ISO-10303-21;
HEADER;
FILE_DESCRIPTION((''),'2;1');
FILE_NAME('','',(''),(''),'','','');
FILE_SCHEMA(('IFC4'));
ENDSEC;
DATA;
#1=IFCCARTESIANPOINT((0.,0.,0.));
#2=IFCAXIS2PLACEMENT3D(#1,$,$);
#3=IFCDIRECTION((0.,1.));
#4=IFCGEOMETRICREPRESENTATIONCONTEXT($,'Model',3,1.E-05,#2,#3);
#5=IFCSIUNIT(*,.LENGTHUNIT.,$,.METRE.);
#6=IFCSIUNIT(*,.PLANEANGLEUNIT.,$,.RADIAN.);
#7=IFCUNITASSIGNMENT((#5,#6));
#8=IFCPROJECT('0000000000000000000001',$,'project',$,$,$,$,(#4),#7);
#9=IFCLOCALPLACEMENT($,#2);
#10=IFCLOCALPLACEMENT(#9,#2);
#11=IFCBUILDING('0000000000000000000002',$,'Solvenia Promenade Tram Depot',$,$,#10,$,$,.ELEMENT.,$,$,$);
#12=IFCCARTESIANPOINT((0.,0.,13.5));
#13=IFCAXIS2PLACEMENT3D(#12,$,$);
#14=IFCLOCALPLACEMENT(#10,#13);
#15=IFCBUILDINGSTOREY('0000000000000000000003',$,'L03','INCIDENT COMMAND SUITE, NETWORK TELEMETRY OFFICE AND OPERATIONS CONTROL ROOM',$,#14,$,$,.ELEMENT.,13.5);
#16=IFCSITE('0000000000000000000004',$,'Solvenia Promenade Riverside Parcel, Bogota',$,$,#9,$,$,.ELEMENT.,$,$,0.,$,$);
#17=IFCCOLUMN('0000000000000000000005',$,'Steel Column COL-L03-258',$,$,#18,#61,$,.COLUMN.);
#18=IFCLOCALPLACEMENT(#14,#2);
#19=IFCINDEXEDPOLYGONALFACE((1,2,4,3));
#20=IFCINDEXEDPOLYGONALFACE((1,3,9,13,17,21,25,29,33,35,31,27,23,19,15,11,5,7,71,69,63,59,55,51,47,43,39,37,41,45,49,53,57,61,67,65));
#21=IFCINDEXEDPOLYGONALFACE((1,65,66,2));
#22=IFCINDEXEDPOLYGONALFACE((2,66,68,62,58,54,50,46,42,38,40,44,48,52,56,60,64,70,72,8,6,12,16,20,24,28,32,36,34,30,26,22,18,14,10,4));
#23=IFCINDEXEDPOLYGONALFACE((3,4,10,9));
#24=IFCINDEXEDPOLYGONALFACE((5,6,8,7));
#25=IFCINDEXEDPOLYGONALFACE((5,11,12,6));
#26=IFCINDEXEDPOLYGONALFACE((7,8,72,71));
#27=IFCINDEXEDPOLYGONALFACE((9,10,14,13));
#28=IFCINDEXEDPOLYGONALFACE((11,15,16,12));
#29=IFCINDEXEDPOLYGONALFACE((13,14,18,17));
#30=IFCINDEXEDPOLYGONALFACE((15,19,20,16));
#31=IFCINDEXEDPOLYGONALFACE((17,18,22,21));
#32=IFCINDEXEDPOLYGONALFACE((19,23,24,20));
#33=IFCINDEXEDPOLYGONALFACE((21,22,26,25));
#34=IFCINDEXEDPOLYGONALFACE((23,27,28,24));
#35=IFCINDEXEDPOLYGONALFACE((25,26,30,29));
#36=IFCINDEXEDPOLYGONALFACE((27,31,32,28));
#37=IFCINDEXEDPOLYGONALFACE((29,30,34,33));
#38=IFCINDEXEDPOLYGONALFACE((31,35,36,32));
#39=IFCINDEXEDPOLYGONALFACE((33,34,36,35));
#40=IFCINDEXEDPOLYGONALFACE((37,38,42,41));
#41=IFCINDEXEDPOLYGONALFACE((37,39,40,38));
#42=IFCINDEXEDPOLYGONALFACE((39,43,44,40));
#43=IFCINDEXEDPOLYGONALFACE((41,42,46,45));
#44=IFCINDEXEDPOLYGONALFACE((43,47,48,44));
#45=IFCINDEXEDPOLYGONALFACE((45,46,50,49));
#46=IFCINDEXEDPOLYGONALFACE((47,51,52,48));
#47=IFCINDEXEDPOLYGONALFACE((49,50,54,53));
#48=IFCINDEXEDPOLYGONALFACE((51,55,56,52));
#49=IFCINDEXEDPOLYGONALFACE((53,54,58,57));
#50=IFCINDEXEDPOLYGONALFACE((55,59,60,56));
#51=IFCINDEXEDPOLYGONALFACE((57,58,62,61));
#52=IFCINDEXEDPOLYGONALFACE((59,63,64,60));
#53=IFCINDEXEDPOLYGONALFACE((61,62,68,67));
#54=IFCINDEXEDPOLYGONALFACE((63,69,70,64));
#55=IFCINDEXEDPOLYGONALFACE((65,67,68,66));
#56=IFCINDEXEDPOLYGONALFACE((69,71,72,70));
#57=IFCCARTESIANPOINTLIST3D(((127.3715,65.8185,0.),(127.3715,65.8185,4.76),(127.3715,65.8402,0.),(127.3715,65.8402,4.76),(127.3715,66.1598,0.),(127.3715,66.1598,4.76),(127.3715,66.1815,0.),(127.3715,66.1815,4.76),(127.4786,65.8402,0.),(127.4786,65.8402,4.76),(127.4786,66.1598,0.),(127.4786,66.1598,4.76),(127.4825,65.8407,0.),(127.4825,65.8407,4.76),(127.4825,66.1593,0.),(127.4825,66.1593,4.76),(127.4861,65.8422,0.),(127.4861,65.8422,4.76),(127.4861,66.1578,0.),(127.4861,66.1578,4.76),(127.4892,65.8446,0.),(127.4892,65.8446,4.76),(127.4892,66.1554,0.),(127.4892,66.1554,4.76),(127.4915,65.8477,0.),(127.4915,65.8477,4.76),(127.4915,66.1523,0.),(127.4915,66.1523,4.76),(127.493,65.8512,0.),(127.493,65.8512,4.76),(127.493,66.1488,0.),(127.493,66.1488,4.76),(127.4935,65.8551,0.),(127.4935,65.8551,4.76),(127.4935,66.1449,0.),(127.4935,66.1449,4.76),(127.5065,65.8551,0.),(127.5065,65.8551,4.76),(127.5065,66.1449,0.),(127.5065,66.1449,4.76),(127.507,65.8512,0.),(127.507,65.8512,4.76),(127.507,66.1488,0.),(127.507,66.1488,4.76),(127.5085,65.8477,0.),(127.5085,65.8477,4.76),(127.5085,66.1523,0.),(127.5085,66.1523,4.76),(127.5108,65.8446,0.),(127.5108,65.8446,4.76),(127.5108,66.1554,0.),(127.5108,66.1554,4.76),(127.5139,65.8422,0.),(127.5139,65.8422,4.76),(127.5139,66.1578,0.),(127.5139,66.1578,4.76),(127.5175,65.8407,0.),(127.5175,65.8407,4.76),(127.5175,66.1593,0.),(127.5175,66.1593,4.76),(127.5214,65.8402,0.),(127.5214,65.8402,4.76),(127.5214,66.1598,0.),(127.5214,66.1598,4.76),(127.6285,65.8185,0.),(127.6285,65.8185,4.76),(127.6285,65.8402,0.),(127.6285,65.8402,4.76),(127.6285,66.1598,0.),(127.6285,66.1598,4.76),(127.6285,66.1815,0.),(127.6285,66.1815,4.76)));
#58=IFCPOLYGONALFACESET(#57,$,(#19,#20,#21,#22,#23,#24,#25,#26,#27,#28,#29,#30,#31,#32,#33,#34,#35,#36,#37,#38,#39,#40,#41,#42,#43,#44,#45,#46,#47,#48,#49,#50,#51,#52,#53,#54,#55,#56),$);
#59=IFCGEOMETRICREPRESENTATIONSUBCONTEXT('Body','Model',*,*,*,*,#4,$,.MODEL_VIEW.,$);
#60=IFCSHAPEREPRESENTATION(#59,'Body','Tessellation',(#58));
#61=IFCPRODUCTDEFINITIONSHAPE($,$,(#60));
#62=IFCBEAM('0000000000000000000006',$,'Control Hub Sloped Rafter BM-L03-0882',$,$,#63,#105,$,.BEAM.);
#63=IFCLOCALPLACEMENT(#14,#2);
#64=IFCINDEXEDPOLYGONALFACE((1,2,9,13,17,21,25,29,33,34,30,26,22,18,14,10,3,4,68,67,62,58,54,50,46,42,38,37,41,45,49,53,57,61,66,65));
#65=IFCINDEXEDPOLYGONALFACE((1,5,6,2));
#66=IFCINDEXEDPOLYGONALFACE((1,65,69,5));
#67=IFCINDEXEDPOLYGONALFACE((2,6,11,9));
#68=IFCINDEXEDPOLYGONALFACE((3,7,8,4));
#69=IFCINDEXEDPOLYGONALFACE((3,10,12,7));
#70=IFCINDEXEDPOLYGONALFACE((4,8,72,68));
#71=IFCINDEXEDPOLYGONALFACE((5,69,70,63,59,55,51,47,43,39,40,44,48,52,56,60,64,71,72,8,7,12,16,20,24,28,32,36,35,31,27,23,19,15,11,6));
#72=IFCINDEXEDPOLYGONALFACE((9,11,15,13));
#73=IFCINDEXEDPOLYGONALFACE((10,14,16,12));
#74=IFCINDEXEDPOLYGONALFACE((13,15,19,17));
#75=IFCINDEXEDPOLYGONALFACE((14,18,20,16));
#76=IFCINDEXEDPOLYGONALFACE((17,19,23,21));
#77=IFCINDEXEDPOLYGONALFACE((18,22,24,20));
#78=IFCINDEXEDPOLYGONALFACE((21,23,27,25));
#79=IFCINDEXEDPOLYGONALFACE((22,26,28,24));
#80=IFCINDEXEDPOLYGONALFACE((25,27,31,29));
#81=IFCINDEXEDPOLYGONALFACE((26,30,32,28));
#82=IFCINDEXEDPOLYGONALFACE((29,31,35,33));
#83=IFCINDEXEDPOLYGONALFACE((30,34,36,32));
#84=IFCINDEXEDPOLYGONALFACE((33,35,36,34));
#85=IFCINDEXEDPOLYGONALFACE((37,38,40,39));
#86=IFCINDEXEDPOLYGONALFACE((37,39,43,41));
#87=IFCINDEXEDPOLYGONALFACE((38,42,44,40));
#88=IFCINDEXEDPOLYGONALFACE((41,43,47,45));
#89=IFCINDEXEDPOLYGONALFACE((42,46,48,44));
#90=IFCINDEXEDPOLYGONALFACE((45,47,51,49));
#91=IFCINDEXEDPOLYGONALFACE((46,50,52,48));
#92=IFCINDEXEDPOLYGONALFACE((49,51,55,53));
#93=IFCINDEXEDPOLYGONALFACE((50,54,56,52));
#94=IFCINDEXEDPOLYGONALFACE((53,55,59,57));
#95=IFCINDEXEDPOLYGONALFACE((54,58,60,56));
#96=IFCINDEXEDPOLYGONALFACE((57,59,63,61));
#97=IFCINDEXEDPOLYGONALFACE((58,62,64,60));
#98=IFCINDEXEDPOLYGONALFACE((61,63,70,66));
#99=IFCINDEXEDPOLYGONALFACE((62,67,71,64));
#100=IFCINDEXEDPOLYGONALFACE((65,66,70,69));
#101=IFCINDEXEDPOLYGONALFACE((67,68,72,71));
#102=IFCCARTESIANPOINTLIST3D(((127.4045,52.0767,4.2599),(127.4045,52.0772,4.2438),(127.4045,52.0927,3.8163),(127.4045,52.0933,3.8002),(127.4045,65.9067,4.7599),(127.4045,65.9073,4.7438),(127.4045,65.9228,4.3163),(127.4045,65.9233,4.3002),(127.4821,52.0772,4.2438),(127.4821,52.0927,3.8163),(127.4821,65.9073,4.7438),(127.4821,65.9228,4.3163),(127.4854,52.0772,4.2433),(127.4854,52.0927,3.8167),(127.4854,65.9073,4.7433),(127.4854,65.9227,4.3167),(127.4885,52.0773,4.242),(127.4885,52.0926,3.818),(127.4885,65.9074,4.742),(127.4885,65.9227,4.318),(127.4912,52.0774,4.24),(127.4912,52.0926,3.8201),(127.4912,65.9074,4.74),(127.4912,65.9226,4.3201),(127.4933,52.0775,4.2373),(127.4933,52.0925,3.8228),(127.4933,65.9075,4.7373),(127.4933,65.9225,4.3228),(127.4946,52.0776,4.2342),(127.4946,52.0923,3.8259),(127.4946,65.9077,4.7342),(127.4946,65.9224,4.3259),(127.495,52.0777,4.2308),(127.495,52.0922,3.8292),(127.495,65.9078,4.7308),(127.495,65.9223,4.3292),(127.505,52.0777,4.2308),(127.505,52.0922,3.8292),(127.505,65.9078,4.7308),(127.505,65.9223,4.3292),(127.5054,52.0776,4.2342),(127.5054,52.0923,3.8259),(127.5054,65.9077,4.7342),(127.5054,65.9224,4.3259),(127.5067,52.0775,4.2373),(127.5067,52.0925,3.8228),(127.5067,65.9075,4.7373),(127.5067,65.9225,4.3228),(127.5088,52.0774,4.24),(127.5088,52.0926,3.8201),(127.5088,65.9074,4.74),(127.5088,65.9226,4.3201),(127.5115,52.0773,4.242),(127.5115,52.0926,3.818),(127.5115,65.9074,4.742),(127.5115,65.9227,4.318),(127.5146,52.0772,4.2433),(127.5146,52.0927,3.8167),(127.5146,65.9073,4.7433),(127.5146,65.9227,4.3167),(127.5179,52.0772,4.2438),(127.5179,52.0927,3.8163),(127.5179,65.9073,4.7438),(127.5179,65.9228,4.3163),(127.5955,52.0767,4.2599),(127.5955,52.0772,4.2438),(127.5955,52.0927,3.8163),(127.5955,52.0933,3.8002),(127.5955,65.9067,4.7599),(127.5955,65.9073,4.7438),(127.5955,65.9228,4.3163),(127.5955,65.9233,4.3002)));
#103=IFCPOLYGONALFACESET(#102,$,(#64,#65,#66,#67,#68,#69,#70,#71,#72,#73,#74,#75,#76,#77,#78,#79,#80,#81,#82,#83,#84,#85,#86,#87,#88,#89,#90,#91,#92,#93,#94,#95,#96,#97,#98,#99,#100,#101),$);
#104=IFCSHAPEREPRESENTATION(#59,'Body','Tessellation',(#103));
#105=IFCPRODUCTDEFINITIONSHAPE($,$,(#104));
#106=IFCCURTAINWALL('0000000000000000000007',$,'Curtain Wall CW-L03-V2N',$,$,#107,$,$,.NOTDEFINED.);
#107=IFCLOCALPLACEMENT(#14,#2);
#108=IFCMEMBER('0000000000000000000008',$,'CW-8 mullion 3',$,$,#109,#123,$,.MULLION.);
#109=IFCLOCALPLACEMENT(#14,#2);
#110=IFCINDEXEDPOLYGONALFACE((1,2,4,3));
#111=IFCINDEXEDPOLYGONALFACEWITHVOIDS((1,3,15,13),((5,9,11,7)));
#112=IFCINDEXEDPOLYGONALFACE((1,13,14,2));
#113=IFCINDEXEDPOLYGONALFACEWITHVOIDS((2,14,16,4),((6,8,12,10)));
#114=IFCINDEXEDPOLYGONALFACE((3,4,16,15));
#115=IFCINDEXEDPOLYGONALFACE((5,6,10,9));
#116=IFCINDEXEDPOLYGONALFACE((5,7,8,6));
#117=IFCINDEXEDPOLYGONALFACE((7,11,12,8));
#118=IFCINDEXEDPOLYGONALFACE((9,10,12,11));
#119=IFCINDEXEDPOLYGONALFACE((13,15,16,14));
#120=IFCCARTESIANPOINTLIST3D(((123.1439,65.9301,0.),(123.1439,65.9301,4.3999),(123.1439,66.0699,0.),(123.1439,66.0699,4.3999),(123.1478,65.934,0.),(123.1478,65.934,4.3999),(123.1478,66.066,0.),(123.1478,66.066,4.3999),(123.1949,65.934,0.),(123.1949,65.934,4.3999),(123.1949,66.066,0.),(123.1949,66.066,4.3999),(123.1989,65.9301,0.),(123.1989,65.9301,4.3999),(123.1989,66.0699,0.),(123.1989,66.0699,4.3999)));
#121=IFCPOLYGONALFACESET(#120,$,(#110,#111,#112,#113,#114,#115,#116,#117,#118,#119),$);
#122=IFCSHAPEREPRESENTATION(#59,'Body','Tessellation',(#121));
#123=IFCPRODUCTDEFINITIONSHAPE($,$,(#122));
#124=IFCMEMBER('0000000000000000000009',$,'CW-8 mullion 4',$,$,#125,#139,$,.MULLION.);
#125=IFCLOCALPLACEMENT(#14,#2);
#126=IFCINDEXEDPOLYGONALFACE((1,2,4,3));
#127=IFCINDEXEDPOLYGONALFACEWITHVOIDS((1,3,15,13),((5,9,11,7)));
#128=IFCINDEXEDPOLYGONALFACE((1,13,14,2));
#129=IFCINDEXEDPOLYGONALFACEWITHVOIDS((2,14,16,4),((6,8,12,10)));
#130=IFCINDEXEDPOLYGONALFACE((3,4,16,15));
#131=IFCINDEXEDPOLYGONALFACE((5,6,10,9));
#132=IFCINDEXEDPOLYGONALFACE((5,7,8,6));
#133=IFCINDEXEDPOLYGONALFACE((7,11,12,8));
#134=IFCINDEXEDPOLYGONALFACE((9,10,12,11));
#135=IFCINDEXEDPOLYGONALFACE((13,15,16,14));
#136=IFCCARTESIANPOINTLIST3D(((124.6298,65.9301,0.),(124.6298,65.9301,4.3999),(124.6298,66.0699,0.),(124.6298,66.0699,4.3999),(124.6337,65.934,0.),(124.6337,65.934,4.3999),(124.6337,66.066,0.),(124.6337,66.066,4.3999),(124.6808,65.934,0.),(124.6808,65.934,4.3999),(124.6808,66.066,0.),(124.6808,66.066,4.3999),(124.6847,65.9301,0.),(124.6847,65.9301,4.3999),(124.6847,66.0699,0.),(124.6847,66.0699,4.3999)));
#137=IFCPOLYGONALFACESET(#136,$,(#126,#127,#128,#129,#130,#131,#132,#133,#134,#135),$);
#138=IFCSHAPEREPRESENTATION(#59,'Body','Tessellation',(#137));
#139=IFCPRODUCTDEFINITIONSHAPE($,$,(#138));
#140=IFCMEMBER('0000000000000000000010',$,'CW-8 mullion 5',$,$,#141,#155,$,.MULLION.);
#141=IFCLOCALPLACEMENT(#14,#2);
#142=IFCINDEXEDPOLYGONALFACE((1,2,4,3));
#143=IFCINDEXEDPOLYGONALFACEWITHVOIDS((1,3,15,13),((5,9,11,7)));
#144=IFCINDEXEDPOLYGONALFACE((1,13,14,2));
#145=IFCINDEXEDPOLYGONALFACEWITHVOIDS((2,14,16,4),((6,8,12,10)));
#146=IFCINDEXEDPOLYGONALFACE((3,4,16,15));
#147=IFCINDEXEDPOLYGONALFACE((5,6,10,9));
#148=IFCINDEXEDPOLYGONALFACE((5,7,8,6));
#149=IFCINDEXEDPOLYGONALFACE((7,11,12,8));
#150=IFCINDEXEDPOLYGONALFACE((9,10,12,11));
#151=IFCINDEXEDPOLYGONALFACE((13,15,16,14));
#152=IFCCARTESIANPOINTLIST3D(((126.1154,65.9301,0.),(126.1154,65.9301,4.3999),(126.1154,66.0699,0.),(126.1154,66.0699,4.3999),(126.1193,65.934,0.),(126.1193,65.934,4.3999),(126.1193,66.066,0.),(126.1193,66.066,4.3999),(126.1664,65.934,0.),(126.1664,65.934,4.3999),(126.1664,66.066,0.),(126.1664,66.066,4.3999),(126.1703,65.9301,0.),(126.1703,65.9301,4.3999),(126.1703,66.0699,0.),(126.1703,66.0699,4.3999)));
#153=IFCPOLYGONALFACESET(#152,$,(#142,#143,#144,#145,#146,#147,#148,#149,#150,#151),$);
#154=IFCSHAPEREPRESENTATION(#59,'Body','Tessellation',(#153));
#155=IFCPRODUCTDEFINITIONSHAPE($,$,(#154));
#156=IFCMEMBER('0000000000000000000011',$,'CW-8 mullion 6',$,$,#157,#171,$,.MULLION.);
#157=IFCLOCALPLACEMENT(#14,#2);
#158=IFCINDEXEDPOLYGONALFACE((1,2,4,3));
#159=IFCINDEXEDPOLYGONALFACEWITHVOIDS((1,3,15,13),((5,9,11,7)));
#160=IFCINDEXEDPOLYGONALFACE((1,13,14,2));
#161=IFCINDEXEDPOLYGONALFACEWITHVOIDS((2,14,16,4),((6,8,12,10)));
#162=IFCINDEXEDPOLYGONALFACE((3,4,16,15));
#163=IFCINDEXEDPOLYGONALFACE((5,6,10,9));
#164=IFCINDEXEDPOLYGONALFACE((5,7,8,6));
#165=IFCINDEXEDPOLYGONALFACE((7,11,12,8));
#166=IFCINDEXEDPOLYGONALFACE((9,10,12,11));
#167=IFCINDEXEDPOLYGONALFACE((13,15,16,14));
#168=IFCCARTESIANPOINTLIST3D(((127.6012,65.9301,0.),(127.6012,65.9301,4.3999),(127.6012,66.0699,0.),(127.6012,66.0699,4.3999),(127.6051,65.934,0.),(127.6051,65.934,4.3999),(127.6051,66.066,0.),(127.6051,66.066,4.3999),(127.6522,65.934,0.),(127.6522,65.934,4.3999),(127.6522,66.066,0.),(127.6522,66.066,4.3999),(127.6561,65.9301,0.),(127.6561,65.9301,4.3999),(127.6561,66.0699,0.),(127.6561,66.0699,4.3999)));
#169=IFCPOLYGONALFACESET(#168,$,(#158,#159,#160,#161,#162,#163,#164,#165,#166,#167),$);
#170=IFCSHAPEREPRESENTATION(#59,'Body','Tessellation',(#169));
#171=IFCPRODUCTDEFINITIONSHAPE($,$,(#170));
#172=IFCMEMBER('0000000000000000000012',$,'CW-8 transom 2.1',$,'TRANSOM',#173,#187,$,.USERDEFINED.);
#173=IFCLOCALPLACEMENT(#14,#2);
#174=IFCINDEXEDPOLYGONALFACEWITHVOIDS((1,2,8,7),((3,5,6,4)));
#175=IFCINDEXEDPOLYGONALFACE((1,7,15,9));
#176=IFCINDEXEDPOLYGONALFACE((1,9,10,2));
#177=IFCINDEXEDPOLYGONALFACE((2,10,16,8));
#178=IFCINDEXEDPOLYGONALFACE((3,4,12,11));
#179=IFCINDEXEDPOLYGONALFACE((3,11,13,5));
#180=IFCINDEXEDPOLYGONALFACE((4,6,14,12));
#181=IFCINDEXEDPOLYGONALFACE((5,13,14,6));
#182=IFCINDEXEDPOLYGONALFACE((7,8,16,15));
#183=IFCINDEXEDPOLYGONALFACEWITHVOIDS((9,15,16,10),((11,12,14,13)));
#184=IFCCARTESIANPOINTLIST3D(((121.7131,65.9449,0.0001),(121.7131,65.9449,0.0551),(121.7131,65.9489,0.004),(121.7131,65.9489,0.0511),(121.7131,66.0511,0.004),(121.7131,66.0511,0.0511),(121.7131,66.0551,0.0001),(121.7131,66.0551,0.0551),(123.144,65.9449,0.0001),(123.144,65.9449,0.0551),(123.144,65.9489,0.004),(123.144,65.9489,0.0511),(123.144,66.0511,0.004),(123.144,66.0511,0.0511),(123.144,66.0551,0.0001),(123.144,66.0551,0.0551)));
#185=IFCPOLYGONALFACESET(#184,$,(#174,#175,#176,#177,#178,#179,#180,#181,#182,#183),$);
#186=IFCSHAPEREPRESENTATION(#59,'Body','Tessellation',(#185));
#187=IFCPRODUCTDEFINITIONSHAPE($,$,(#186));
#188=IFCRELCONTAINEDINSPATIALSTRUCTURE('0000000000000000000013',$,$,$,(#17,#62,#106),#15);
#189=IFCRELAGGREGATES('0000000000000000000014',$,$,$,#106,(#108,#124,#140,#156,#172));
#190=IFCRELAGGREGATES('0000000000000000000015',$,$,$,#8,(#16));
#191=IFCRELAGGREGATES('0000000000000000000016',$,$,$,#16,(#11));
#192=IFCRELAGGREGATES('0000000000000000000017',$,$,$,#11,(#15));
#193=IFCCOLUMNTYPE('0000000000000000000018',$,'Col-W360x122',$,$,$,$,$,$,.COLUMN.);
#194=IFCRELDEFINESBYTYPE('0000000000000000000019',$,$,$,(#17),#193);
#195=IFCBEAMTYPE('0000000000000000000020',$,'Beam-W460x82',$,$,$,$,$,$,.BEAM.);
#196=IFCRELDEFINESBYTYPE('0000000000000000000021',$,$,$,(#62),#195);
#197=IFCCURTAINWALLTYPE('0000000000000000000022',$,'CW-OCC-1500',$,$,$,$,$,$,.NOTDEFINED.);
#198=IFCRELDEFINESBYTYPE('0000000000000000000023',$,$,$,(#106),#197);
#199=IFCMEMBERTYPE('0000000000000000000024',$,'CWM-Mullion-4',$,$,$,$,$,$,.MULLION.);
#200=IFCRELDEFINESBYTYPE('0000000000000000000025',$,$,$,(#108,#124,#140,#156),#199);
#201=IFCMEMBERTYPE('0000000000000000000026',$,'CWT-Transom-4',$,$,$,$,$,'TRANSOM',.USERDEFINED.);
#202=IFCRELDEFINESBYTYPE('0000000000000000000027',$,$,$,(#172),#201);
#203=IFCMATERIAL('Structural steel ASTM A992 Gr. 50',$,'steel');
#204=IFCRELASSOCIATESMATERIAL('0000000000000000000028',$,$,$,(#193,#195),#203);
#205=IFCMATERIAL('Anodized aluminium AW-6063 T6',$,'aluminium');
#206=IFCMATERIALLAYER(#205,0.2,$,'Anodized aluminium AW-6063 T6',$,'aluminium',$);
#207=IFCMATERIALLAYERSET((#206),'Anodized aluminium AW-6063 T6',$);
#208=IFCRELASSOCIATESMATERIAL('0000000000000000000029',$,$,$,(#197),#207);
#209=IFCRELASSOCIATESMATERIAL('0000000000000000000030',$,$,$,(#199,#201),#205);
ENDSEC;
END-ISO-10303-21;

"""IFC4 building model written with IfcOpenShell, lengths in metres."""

from ifc_helpers import new_model, si_unit, direction, frame, origin, origin_2d, place, context, subcontext, project, spatial, hollow_rectangle, i_section, extrude, material, layer, layer_set, material_profile, profile_set, type_object, element, aggregate, save


model = new_model("IFC4")

# Units and contexts
model_context = context("Model", 3, precision=1e-05, world=origin(), true_north=direction((0.0, 1.0)))
body_context = subcontext(model_context, "Body", "Model", "MODEL_VIEW")
ifc_project = project(units=[si_unit("LENGTHUNIT", "METRE"), si_unit("PLANEANGLEUNIT", "RADIAN")], contexts=[model_context])

# Site, building, storey
site_placement = place(None, origin())
site = spatial("IfcSite", under=ifc_project, at=site_placement, Name="Solvenia Promenade Riverside Parcel, Bogota", CompositionType="ELEMENT", RefElevation=0.0)
building_placement = place(site_placement, origin())
building = spatial("IfcBuilding", under=site, at=building_placement, Name="Solvenia Promenade Tram Depot", CompositionType="ELEMENT")
storey_placement = place(building_placement, frame((0.0, 0.0, 13.5)))
storey = spatial("IfcBuildingStorey", under=building, at=storey_placement, Name="L03", Description="INCIDENT COMMAND SUITE, NETWORK TELEMETRY OFFICE AND OPERATIONS CONTROL ROOM", CompositionType="ELEMENT", Elevation=13.5)

# Column
ifc_material_1 = material(Name="Structural steel ASTM A992 Gr. 50", Category="steel")
ifc_material_profile_1 = material_profile(ifc_material_1, i_section(OverallWidth=0.2571, OverallDepth=0.363, WebThickness=0.0129, FlangeThickness=0.0217, FilletRadius=0.0149, at=origin_2d()), Name="W360x122", Category="steel")
ifc_profile_set_1 = profile_set([ifc_material_profile_1], Name="Structural steel ASTM A992 Gr. 50")
column_type = type_object("IfcColumnType", Name="Col-W360x122", PredefinedType="COLUMN", material=ifc_profile_set_1)
column_placement = place(storey_placement, frame((127.5, 66.0, 0.0), z_axis=(0.0, 0.0, 1.0), x_axis=(1.0, 0.0, 0.0)))
element("IfcColumn", 1, at=column_placement, inside=storey, type_object=column_type, Name="Steel Column COL-L03-258", PredefinedType="COLUMN", context=body_context, shape_type="SweptSolid", body=[
    extrude(i_section(OverallWidth=0.2571, OverallDepth=0.363, WebThickness=0.0129, FlangeThickness=0.0217, FilletRadius=0.0149, at=origin_2d()), origin(), (0.0, 0.0, 1.0), 4.76),
])

# Beam
ifc_material_profile_2 = material_profile(ifc_material_1, i_section(OverallWidth=0.1909, OverallDepth=0.46, WebThickness=0.01, FlangeThickness=0.0161, FilletRadius=0.0129, at=origin_2d()), Name="W460x82", Category="steel")
ifc_profile_set_2 = profile_set([ifc_material_profile_2], Name="Structural steel ASTM A992 Gr. 50")
beam_type_1 = type_object("IfcBeamType", Name="Beam-W460x82", PredefinedType="BEAM", material=ifc_profile_set_2)
beam_1_placement = place(storey_placement, frame((127.5, 52.085, 4.03), z_axis=(0.0, 0.999347, 0.036129), x_axis=(-1.0, 0.0, 0.0)))
element("IfcBeam", 2, at=beam_1_placement, inside=storey, type_object=beam_type_1, Name="Control Hub Sloped Rafter BM-L03-0882", PredefinedType="BEAM", context=body_context, shape_type="SweptSolid", body=[
    extrude(i_section(OverallWidth=0.1909, OverallDepth=0.46, WebThickness=0.01, FlangeThickness=0.0161, FilletRadius=0.0129, at=origin_2d()), origin(), (0.0, 0.0, 1.0), 13.8391),
])

# Curtain wall, members
ifc_material_2 = material(Name="Anodized aluminium AW-6063 T6", Category="aluminium")
ifc_layer_1 = layer(ifc_material_2, 0.2, Name="Anodized aluminium AW-6063 T6", Category="aluminium")
ifc_layer_set_1 = layer_set([ifc_layer_1], Name="Anodized aluminium AW-6063 T6")
curtain_wall_type = type_object("IfcCurtainWallType", Name="CW-OCC-1500", PredefinedType="NOTDEFINED", material=ifc_layer_set_1)
curtain_wall_placement = place(storey_placement, origin())
curtain_wall = element("IfcCurtainWall", 3, at=curtain_wall_placement, inside=storey, type_object=curtain_wall_type, Name="Curtain Wall CW-L03-V2N", PredefinedType="NOTDEFINED")
ifc_material_profile_3 = material_profile(ifc_material_2, hollow_rectangle(XDim=0.1399, YDim=0.0549, WallThickness=0.0039, at=origin_2d()), Name="ALU-M4", Category="aluminium")
ifc_profile_set_3 = profile_set([ifc_material_profile_3], Name="Anodized aluminium AW-6063 T6")
member_type_1 = type_object("IfcMemberType", Name="CWM-Mullion-4", PredefinedType="MULLION", material=ifc_profile_set_3)
member_1_placement = place(storey_placement, frame((123.1714, 66.0, 0.0), z_axis=(0.0, 0.0, 1.0), x_axis=(0.0, 1.0, 0.0)))
member_1 = element("IfcMember", 4, at=member_1_placement, type_object=member_type_1, Name="CW-8 mullion 3", PredefinedType="MULLION", context=body_context, shape_type="SweptSolid", body=[
    extrude(hollow_rectangle(XDim=0.1399, YDim=0.0549, WallThickness=0.0039, at=origin_2d()), origin(), (0.0, 0.0, 1.0), 4.3999),
])
member_2_placement = place(storey_placement, frame((124.6572, 66.0, 0.0), z_axis=(0.0, 0.0, 1.0), x_axis=(0.0, 1.0, 0.0)))
member_2 = element("IfcMember", 5, at=member_2_placement, type_object=member_type_1, Name="CW-8 mullion 4", PredefinedType="MULLION", context=body_context, shape_type="SweptSolid", body=[
    extrude(hollow_rectangle(XDim=0.1399, YDim=0.0549, WallThickness=0.0039, at=origin_2d()), origin(), (0.0, 0.0, 1.0), 4.3999),
])
member_3_placement = place(storey_placement, frame((126.1428, 66.0, 0.0), z_axis=(0.0, 0.0, 1.0), x_axis=(0.0, 1.0, 0.0)))
member_3 = element("IfcMember", 6, at=member_3_placement, type_object=member_type_1, Name="CW-8 mullion 5", PredefinedType="MULLION", context=body_context, shape_type="SweptSolid", body=[
    extrude(hollow_rectangle(XDim=0.1399, YDim=0.0549, WallThickness=0.0039, at=origin_2d()), origin(), (0.0, 0.0, 1.0), 4.3999),
])
member_4_placement = place(storey_placement, frame((127.6287, 66.0, 0.0), z_axis=(0.0, 0.0, 1.0), x_axis=(0.0, 1.0, 0.0)))
member_4 = element("IfcMember", 7, at=member_4_placement, type_object=member_type_1, Name="CW-8 mullion 6", PredefinedType="MULLION", context=body_context, shape_type="SweptSolid", body=[
    extrude(hollow_rectangle(XDim=0.1399, YDim=0.0549, WallThickness=0.0039, at=origin_2d()), origin(), (0.0, 0.0, 1.0), 4.3999),
])
ifc_material_profile_4 = material_profile(ifc_material_2, hollow_rectangle(XDim=0.1101, YDim=0.0549, WallThickness=0.0039, at=origin_2d()), Name="ALU-T4", Category="aluminium")
ifc_profile_set_4 = profile_set([ifc_material_profile_4], Name="Anodized aluminium AW-6063 T6")
member_type_2 = type_object("IfcMemberType", Name="CWT-Transom-4", ElementType="TRANSOM", PredefinedType="USERDEFINED", material=ifc_profile_set_4)
member_5_placement = place(storey_placement, frame((121.7131, 66.0, 0.0276), z_axis=(1.0, 0.0, 0.0), x_axis=(0.0, 1.0, 0.0)))
member_5 = element("IfcMember", 8, at=member_5_placement, type_object=member_type_2, Name="CW-8 transom 2.1", ObjectType="TRANSOM", PredefinedType="USERDEFINED", context=body_context, shape_type="SweptSolid", body=[
    extrude(hollow_rectangle(XDim=0.1101, YDim=0.0549, WallThickness=0.0039, at=origin_2d()), origin(), (0.0, 0.0, 1.0), 1.4309),
])

aggregate(curtain_wall, [member_1, member_2, member_3, member_4, member_5])

save(model, "model.ifc")
